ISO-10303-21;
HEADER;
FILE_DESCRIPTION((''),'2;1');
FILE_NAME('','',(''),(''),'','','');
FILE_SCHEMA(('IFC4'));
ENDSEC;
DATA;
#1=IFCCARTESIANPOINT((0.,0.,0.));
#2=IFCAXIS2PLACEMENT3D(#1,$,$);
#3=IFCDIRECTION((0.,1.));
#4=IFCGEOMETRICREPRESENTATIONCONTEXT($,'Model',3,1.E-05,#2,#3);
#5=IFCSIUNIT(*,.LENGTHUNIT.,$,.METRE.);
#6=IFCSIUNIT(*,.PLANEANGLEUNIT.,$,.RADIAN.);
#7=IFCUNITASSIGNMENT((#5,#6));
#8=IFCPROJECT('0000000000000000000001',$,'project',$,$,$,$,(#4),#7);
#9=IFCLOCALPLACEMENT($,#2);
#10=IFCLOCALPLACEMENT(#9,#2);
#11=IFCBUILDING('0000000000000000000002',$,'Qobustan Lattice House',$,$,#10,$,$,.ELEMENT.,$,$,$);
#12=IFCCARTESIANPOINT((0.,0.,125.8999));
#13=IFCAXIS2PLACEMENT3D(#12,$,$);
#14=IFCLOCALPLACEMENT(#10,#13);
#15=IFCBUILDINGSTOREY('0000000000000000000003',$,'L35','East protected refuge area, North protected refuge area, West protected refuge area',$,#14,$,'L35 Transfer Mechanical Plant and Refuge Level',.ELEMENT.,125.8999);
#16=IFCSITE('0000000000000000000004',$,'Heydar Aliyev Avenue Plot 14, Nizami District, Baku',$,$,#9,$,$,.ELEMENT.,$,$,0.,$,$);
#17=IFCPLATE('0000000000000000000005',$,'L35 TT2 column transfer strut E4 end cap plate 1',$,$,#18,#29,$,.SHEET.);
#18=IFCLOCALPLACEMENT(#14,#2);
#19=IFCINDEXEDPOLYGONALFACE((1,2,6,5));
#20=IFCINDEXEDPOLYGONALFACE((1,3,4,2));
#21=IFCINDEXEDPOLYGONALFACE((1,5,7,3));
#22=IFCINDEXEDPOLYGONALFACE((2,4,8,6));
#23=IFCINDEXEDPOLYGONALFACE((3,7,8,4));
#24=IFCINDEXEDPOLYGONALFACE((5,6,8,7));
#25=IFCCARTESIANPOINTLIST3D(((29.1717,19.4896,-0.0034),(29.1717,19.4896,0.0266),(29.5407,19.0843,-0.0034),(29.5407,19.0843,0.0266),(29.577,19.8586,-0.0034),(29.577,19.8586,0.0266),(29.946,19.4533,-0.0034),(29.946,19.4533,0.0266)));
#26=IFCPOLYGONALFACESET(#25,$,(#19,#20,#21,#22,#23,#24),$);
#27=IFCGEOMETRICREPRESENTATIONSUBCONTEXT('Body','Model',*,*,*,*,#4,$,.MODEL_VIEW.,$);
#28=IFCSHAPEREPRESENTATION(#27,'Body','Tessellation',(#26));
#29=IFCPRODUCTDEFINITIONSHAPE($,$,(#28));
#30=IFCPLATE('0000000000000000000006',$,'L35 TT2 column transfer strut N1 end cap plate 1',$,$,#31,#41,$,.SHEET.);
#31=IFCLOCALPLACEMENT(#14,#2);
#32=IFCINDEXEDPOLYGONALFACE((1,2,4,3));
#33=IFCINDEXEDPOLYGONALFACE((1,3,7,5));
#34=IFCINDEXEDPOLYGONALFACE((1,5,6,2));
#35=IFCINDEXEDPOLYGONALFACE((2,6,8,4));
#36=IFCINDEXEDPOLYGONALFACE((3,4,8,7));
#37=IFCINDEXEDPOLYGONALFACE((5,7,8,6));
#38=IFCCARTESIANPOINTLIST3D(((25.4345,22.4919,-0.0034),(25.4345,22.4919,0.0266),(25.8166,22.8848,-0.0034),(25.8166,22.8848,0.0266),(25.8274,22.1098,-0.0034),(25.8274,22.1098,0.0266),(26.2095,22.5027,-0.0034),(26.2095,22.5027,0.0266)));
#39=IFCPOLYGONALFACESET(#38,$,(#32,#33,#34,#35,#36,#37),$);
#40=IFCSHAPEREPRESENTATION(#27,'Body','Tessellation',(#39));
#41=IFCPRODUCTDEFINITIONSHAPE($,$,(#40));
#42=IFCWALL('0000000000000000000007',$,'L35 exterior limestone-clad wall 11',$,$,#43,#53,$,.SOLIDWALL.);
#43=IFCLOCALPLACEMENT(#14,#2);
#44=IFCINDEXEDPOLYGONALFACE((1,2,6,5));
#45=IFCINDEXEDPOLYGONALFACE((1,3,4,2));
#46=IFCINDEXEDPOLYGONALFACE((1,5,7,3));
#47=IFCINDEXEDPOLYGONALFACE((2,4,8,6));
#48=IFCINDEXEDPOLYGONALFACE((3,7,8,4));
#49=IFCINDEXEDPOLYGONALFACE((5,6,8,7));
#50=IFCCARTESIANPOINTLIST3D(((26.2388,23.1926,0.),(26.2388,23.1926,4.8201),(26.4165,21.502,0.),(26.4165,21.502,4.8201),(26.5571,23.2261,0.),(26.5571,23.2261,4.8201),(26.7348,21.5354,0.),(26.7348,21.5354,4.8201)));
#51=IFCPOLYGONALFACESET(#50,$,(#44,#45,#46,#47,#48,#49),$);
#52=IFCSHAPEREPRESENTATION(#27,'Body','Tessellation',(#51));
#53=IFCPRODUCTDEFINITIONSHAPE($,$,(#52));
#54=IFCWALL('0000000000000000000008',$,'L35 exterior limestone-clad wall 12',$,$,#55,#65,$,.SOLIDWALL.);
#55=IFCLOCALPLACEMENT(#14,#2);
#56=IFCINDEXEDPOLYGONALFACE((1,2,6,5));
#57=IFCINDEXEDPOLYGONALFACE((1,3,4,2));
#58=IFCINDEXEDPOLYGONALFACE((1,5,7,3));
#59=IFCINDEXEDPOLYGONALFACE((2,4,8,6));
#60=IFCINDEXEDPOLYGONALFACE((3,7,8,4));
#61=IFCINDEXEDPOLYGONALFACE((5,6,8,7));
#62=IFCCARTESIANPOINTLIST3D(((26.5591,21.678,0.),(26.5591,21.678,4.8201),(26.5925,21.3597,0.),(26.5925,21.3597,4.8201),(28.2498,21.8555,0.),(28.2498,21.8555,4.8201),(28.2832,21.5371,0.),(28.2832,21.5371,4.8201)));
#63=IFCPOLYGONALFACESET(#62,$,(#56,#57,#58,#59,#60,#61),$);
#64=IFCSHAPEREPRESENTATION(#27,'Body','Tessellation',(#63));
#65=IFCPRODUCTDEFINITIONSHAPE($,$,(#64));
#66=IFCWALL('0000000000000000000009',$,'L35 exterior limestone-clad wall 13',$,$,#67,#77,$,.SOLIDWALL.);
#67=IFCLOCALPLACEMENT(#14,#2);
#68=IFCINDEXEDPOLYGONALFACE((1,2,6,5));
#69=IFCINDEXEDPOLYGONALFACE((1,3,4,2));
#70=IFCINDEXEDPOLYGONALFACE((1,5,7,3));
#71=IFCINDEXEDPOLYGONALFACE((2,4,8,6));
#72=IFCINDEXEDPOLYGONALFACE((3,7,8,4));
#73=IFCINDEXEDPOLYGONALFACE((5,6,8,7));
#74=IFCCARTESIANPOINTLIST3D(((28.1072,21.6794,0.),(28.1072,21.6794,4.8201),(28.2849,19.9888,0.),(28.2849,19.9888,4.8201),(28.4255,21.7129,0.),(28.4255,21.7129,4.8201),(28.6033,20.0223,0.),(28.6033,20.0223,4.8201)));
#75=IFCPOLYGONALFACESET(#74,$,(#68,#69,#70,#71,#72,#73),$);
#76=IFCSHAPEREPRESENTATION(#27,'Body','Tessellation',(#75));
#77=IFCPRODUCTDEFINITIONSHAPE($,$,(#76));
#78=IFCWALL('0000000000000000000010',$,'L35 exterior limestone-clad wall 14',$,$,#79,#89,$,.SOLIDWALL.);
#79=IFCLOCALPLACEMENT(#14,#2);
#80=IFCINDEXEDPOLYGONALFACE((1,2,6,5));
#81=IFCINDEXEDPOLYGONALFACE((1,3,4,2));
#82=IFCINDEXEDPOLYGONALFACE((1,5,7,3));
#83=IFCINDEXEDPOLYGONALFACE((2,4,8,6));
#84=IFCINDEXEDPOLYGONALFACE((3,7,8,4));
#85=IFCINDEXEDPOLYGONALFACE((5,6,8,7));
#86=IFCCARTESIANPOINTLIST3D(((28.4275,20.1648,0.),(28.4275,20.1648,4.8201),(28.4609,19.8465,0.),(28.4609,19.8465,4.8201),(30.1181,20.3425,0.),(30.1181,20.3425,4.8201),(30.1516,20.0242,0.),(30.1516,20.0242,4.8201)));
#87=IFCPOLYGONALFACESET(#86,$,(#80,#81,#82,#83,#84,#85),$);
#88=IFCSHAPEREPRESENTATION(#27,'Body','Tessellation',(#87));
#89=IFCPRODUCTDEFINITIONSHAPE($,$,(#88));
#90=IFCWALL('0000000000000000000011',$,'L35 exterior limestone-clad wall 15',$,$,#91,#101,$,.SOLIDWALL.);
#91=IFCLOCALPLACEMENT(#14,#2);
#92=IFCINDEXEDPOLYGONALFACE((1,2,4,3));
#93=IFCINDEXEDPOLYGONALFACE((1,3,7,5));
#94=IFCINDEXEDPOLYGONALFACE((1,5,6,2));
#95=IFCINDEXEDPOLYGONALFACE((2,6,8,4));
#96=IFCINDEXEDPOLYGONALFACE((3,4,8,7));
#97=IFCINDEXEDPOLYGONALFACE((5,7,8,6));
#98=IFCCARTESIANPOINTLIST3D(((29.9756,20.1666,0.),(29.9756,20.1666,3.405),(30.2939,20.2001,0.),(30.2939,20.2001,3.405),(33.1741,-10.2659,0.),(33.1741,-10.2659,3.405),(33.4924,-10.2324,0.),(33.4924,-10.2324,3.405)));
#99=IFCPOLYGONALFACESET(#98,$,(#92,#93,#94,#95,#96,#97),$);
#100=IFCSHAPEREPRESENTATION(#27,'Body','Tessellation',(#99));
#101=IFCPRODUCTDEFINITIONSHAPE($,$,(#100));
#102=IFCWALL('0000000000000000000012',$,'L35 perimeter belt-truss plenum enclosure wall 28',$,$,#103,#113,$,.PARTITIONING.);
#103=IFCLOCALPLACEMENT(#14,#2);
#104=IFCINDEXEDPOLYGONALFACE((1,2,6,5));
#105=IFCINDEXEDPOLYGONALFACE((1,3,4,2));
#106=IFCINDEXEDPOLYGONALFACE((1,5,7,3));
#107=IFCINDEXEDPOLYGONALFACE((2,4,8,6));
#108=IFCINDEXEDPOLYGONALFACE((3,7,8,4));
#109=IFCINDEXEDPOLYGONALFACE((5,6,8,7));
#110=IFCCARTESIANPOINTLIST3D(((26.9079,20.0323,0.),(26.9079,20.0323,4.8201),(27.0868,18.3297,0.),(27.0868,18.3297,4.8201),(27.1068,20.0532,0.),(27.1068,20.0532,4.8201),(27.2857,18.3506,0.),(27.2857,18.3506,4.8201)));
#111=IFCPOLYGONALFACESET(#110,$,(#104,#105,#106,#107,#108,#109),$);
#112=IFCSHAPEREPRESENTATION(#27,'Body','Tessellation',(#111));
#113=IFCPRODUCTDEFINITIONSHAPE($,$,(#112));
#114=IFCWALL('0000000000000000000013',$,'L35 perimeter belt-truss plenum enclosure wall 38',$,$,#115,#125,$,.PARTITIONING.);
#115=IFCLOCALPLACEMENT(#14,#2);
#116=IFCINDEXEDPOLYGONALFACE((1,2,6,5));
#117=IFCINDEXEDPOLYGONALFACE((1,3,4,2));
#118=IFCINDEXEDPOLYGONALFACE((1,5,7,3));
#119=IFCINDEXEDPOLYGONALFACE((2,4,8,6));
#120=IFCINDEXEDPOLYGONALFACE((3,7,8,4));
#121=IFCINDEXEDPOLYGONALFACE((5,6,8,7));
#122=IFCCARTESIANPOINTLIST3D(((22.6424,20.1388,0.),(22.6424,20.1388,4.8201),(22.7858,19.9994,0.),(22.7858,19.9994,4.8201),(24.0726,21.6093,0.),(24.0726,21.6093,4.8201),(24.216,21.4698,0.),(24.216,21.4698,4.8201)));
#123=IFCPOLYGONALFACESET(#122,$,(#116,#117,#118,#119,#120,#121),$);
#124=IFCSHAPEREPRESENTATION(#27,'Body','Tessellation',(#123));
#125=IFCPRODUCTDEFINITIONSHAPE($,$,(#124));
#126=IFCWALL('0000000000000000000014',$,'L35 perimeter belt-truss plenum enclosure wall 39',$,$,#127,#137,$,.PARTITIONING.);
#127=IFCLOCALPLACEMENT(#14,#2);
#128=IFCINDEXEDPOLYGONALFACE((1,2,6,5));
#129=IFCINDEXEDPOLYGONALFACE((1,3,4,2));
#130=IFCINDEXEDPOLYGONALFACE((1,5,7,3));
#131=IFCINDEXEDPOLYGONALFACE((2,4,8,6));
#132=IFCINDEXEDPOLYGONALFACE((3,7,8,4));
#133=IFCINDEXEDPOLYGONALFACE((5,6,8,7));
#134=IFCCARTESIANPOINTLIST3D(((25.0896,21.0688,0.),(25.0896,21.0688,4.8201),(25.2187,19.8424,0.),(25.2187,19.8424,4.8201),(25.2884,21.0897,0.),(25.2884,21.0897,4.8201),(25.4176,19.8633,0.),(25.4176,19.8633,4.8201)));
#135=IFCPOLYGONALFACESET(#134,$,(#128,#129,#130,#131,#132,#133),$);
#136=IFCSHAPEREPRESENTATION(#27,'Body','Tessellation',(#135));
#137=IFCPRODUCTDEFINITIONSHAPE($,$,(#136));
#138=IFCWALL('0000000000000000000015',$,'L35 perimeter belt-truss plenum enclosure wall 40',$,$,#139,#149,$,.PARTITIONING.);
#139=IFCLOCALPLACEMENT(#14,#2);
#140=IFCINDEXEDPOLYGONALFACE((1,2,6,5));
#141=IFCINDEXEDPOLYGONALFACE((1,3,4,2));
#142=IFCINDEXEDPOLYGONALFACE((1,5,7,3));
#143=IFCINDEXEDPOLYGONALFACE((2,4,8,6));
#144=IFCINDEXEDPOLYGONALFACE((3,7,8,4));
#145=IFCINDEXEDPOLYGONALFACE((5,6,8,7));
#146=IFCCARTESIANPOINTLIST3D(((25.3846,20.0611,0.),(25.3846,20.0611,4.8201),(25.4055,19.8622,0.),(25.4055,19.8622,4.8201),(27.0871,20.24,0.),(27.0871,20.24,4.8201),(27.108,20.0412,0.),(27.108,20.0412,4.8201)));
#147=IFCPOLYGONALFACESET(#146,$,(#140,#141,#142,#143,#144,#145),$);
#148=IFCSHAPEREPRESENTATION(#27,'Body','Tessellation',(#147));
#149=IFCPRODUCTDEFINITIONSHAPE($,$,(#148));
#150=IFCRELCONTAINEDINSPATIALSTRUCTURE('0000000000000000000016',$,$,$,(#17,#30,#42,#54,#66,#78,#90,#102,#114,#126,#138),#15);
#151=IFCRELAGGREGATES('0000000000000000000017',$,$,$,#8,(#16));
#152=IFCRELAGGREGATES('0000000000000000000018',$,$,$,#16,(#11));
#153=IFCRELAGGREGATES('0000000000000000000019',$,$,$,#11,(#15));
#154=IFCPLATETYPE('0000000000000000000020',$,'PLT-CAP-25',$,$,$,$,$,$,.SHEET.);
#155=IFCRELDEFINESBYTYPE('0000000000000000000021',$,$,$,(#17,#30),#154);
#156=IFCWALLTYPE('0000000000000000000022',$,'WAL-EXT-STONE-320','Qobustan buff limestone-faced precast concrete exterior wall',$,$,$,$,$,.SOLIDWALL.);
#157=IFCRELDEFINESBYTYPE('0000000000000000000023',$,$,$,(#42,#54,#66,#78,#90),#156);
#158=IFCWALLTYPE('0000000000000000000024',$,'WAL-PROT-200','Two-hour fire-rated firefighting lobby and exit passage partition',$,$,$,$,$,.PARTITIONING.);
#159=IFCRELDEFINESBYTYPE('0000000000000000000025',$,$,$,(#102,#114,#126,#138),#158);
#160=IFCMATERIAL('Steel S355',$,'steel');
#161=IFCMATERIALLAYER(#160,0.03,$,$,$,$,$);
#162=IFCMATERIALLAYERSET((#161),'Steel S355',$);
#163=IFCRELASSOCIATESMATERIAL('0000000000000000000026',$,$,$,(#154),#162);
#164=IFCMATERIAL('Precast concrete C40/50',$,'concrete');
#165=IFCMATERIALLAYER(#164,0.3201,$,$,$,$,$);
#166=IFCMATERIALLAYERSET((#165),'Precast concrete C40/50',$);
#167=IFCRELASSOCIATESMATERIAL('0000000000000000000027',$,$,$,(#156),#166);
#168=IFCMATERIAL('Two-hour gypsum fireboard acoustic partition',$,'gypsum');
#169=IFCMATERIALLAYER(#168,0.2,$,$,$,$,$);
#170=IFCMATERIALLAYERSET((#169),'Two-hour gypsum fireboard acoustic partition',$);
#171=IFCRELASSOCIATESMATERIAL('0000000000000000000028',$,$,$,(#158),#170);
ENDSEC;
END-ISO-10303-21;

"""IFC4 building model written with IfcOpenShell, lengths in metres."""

from ifc_helpers import new_model, si_unit, direction, frame, frame_2d, origin, origin_2d, place, context, subcontext, project, spatial, rectangle, extrude, material, layer, layer_set, type_object, element, save


model = new_model("IFC4")

# Units and contexts
model_context = context("Model", 3, precision=1e-05, world=origin(), true_north=direction((0.0, 1.0)))
body_context = subcontext(model_context, "Body", "Model", "MODEL_VIEW")
ifc_project = project(units=[si_unit("LENGTHUNIT", "METRE"), si_unit("PLANEANGLEUNIT", "RADIAN")], contexts=[model_context])

# Site, building, storey
site_placement = place(None, origin())
site = spatial("IfcSite", under=ifc_project, at=site_placement, Name="Heydar Aliyev Avenue Plot 14, Nizami District, Baku", CompositionType="ELEMENT", RefElevation=0.0)
building_placement = place(site_placement, origin())
building = spatial("IfcBuilding", under=site, at=building_placement, Name="Qobustan Lattice House", CompositionType="ELEMENT")
storey_placement = place(building_placement, frame((0.0, 0.0, 125.8999)))
storey = spatial("IfcBuildingStorey", under=building, at=storey_placement, Name="L35", Description="East protected refuge area, North protected refuge area, West protected refuge area", LongName="L35 Transfer Mechanical Plant and Refuge Level", CompositionType="ELEMENT", Elevation=125.8999)

# Plates
ifc_material_1 = material(Name="Steel S355", Category="steel")
ifc_layer_1 = layer(ifc_material_1, 0.03)
ifc_layer_set_1 = layer_set([ifc_layer_1], Name="Steel S355")
plate_type = type_object("IfcPlateType", Name="PLT-CAP-25", PredefinedType="SHEET", material=ifc_layer_set_1)
for number, where, z_axis, x_axis, name in (
    (1, (29.5588, 19.4714, -0.0034), (0.0, 0.0, 1.0), (-0.739455, -0.673206, 0.0), "L35 TT2 column transfer strut E4 end cap plate 1"),
    (2, (25.822, 22.4973, -0.0034), (0.0, 0.0, 1.0), (-0.697178, -0.716898, 0.0), "L35 TT2 column transfer strut N1 end cap plate 1"),
):
    element("IfcPlate", number, at=place(storey_placement, frame(where, z_axis=z_axis, x_axis=x_axis)), inside=storey, type_object=plate_type, Name=name, PredefinedType="SHEET", context=body_context, shape_type="SweptSolid", body=[
        extrude(rectangle(XDim=0.5481, YDim=0.5481, at=origin_2d()), origin(), (0.0, 0.0, 1.0), 0.03),
    ])

# Walls
ifc_material_2 = material(Name="Precast concrete C40/50", Category="concrete")
ifc_layer_2 = layer(ifc_material_2, 0.3201)
ifc_layer_set_2 = layer_set([ifc_layer_2], Name="Precast concrete C40/50")
wall_type_1 = type_object("IfcWallType", Name="WAL-EXT-STONE-320", Description="Qobustan buff limestone-faced precast concrete exterior wall", PredefinedType="SOLIDWALL", material=ifc_layer_set_2)
for number, where, z_axis, x_axis, name in (
    (3, (26.3979, 23.2095, 0.0), (0.0, 0.0, 1.0), (0.10455, -0.99452, 0.0), "L35 exterior limestone-clad wall 11"),
    (4, (26.5757, 21.5188, 0.0), (0.0, 0.0, 1.0), (0.994535, 0.104408, 0.0), "L35 exterior limestone-clad wall 12"),
    (5, (28.2664, 21.6963, 0.0), (0.0, 0.0, 1.0), (0.10455, -0.99452, 0.0), "L35 exterior limestone-clad wall 13"),
    (6, (28.4441, 20.0056, 0.0), (0.0, 0.0, 1.0), (0.99452, 0.10455, 0.0), "L35 exterior limestone-clad wall 14"),
):
    element("IfcWall", number, at=place(storey_placement, frame(where, z_axis=z_axis, x_axis=x_axis)), inside=storey, type_object=wall_type_1, Name=name, PredefinedType="SOLIDWALL", context=body_context, shape_type="SweptSolid", body=[
        extrude(rectangle(XDim=1.7, YDim=0.3201, at=frame_2d((0.8501, 0.0))), origin(), (0.0, 0.0, 1.0), 4.8201),
    ])
wall_1_placement = place(storey_placement, frame((30.1348, 20.1833, 0.0), z_axis=(0.0, 0.0, 1.0), x_axis=(0.104526, -0.994522, 0.0)))
element("IfcWall", 7, at=wall_1_placement, inside=storey, type_object=wall_type_1, Name="L35 exterior limestone-clad wall 15", PredefinedType="SOLIDWALL", context=body_context, shape_type="SweptSolid", body=[
    extrude(rectangle(XDim=30.6001, YDim=0.3201, at=frame_2d((15.3, 0.0))), origin(), (0.0, 0.0, 1.0), 3.405),
])
ifc_material_3 = material(Name="Two-hour gypsum fireboard acoustic partition", Category="gypsum")
ifc_layer_3 = layer(ifc_material_3, 0.2)
ifc_layer_set_3 = layer_set([ifc_layer_3], Name="Two-hour gypsum fireboard acoustic partition")
wall_type_2 = type_object("IfcWallType", Name="WAL-PROT-200", Description="Two-hour fire-rated firefighting lobby and exit passage partition", PredefinedType="PARTITIONING", material=ifc_layer_set_3)
wall_2_placement = place(storey_placement, frame((27.0073, 20.0427, 0.0), z_axis=(0.0, 0.0, 1.0), x_axis=(0.104529, -0.994522, 0.0)))
element("IfcWall", 8, at=wall_2_placement, inside=storey, type_object=wall_type_2, Name="L35 perimeter belt-truss plenum enclosure wall 28", PredefinedType="PARTITIONING", context=body_context, shape_type="SweptSolid", body=[
    extrude(rectangle(XDim=1.7119, YDim=0.2, at=frame_2d((0.856, 0.0))), origin(), (0.0, 0.0, 1.0), 4.8201),
])
wall_3_placement = place(storey_placement, frame((24.1443, 21.5396, 0.0), z_axis=(0.0, 0.0, 1.0), x_axis=(-0.697219, -0.716858, 0.0)))
element("IfcWall", 9, at=wall_3_placement, inside=storey, type_object=wall_type_2, Name="L35 perimeter belt-truss plenum enclosure wall 38", PredefinedType="PARTITIONING", context=body_context, shape_type="SweptSolid", body=[
    extrude(rectangle(XDim=2.0513, YDim=0.2, at=frame_2d((1.0256, 0.0))), origin(), (0.0, 0.0, 1.0), 4.8201),
])
wall_4_placement = place(storey_placement, frame((25.189, 21.0793, 0.0), z_axis=(0.0, 0.0, 1.0), x_axis=(0.104736, -0.9945, 0.0)))
element("IfcWall", 10, at=wall_4_placement, inside=storey, type_object=wall_type_2, Name="L35 perimeter belt-truss plenum enclosure wall 39", PredefinedType="PARTITIONING", context=body_context, shape_type="SweptSolid", body=[
    extrude(rectangle(XDim=1.2332, YDim=0.2, at=frame_2d((0.6167, 0.0))), origin(), (0.0, 0.0, 1.0), 4.8201),
])
wall_5_placement = place(storey_placement, frame((25.395, 19.9617, 0.0), z_axis=(0.0, 0.0, 1.0), x_axis=(0.994522, 0.104529, 0.0)))
element("IfcWall", 11, at=wall_5_placement, inside=storey, type_object=wall_type_2, Name="L35 perimeter belt-truss plenum enclosure wall 40", PredefinedType="PARTITIONING", context=body_context, shape_type="SweptSolid", body=[
    extrude(rectangle(XDim=1.7119, YDim=0.2, at=frame_2d((0.856, 0.0))), origin(), (0.0, 0.0, 1.0), 4.8201),
])

save(model, "model.ifc")
